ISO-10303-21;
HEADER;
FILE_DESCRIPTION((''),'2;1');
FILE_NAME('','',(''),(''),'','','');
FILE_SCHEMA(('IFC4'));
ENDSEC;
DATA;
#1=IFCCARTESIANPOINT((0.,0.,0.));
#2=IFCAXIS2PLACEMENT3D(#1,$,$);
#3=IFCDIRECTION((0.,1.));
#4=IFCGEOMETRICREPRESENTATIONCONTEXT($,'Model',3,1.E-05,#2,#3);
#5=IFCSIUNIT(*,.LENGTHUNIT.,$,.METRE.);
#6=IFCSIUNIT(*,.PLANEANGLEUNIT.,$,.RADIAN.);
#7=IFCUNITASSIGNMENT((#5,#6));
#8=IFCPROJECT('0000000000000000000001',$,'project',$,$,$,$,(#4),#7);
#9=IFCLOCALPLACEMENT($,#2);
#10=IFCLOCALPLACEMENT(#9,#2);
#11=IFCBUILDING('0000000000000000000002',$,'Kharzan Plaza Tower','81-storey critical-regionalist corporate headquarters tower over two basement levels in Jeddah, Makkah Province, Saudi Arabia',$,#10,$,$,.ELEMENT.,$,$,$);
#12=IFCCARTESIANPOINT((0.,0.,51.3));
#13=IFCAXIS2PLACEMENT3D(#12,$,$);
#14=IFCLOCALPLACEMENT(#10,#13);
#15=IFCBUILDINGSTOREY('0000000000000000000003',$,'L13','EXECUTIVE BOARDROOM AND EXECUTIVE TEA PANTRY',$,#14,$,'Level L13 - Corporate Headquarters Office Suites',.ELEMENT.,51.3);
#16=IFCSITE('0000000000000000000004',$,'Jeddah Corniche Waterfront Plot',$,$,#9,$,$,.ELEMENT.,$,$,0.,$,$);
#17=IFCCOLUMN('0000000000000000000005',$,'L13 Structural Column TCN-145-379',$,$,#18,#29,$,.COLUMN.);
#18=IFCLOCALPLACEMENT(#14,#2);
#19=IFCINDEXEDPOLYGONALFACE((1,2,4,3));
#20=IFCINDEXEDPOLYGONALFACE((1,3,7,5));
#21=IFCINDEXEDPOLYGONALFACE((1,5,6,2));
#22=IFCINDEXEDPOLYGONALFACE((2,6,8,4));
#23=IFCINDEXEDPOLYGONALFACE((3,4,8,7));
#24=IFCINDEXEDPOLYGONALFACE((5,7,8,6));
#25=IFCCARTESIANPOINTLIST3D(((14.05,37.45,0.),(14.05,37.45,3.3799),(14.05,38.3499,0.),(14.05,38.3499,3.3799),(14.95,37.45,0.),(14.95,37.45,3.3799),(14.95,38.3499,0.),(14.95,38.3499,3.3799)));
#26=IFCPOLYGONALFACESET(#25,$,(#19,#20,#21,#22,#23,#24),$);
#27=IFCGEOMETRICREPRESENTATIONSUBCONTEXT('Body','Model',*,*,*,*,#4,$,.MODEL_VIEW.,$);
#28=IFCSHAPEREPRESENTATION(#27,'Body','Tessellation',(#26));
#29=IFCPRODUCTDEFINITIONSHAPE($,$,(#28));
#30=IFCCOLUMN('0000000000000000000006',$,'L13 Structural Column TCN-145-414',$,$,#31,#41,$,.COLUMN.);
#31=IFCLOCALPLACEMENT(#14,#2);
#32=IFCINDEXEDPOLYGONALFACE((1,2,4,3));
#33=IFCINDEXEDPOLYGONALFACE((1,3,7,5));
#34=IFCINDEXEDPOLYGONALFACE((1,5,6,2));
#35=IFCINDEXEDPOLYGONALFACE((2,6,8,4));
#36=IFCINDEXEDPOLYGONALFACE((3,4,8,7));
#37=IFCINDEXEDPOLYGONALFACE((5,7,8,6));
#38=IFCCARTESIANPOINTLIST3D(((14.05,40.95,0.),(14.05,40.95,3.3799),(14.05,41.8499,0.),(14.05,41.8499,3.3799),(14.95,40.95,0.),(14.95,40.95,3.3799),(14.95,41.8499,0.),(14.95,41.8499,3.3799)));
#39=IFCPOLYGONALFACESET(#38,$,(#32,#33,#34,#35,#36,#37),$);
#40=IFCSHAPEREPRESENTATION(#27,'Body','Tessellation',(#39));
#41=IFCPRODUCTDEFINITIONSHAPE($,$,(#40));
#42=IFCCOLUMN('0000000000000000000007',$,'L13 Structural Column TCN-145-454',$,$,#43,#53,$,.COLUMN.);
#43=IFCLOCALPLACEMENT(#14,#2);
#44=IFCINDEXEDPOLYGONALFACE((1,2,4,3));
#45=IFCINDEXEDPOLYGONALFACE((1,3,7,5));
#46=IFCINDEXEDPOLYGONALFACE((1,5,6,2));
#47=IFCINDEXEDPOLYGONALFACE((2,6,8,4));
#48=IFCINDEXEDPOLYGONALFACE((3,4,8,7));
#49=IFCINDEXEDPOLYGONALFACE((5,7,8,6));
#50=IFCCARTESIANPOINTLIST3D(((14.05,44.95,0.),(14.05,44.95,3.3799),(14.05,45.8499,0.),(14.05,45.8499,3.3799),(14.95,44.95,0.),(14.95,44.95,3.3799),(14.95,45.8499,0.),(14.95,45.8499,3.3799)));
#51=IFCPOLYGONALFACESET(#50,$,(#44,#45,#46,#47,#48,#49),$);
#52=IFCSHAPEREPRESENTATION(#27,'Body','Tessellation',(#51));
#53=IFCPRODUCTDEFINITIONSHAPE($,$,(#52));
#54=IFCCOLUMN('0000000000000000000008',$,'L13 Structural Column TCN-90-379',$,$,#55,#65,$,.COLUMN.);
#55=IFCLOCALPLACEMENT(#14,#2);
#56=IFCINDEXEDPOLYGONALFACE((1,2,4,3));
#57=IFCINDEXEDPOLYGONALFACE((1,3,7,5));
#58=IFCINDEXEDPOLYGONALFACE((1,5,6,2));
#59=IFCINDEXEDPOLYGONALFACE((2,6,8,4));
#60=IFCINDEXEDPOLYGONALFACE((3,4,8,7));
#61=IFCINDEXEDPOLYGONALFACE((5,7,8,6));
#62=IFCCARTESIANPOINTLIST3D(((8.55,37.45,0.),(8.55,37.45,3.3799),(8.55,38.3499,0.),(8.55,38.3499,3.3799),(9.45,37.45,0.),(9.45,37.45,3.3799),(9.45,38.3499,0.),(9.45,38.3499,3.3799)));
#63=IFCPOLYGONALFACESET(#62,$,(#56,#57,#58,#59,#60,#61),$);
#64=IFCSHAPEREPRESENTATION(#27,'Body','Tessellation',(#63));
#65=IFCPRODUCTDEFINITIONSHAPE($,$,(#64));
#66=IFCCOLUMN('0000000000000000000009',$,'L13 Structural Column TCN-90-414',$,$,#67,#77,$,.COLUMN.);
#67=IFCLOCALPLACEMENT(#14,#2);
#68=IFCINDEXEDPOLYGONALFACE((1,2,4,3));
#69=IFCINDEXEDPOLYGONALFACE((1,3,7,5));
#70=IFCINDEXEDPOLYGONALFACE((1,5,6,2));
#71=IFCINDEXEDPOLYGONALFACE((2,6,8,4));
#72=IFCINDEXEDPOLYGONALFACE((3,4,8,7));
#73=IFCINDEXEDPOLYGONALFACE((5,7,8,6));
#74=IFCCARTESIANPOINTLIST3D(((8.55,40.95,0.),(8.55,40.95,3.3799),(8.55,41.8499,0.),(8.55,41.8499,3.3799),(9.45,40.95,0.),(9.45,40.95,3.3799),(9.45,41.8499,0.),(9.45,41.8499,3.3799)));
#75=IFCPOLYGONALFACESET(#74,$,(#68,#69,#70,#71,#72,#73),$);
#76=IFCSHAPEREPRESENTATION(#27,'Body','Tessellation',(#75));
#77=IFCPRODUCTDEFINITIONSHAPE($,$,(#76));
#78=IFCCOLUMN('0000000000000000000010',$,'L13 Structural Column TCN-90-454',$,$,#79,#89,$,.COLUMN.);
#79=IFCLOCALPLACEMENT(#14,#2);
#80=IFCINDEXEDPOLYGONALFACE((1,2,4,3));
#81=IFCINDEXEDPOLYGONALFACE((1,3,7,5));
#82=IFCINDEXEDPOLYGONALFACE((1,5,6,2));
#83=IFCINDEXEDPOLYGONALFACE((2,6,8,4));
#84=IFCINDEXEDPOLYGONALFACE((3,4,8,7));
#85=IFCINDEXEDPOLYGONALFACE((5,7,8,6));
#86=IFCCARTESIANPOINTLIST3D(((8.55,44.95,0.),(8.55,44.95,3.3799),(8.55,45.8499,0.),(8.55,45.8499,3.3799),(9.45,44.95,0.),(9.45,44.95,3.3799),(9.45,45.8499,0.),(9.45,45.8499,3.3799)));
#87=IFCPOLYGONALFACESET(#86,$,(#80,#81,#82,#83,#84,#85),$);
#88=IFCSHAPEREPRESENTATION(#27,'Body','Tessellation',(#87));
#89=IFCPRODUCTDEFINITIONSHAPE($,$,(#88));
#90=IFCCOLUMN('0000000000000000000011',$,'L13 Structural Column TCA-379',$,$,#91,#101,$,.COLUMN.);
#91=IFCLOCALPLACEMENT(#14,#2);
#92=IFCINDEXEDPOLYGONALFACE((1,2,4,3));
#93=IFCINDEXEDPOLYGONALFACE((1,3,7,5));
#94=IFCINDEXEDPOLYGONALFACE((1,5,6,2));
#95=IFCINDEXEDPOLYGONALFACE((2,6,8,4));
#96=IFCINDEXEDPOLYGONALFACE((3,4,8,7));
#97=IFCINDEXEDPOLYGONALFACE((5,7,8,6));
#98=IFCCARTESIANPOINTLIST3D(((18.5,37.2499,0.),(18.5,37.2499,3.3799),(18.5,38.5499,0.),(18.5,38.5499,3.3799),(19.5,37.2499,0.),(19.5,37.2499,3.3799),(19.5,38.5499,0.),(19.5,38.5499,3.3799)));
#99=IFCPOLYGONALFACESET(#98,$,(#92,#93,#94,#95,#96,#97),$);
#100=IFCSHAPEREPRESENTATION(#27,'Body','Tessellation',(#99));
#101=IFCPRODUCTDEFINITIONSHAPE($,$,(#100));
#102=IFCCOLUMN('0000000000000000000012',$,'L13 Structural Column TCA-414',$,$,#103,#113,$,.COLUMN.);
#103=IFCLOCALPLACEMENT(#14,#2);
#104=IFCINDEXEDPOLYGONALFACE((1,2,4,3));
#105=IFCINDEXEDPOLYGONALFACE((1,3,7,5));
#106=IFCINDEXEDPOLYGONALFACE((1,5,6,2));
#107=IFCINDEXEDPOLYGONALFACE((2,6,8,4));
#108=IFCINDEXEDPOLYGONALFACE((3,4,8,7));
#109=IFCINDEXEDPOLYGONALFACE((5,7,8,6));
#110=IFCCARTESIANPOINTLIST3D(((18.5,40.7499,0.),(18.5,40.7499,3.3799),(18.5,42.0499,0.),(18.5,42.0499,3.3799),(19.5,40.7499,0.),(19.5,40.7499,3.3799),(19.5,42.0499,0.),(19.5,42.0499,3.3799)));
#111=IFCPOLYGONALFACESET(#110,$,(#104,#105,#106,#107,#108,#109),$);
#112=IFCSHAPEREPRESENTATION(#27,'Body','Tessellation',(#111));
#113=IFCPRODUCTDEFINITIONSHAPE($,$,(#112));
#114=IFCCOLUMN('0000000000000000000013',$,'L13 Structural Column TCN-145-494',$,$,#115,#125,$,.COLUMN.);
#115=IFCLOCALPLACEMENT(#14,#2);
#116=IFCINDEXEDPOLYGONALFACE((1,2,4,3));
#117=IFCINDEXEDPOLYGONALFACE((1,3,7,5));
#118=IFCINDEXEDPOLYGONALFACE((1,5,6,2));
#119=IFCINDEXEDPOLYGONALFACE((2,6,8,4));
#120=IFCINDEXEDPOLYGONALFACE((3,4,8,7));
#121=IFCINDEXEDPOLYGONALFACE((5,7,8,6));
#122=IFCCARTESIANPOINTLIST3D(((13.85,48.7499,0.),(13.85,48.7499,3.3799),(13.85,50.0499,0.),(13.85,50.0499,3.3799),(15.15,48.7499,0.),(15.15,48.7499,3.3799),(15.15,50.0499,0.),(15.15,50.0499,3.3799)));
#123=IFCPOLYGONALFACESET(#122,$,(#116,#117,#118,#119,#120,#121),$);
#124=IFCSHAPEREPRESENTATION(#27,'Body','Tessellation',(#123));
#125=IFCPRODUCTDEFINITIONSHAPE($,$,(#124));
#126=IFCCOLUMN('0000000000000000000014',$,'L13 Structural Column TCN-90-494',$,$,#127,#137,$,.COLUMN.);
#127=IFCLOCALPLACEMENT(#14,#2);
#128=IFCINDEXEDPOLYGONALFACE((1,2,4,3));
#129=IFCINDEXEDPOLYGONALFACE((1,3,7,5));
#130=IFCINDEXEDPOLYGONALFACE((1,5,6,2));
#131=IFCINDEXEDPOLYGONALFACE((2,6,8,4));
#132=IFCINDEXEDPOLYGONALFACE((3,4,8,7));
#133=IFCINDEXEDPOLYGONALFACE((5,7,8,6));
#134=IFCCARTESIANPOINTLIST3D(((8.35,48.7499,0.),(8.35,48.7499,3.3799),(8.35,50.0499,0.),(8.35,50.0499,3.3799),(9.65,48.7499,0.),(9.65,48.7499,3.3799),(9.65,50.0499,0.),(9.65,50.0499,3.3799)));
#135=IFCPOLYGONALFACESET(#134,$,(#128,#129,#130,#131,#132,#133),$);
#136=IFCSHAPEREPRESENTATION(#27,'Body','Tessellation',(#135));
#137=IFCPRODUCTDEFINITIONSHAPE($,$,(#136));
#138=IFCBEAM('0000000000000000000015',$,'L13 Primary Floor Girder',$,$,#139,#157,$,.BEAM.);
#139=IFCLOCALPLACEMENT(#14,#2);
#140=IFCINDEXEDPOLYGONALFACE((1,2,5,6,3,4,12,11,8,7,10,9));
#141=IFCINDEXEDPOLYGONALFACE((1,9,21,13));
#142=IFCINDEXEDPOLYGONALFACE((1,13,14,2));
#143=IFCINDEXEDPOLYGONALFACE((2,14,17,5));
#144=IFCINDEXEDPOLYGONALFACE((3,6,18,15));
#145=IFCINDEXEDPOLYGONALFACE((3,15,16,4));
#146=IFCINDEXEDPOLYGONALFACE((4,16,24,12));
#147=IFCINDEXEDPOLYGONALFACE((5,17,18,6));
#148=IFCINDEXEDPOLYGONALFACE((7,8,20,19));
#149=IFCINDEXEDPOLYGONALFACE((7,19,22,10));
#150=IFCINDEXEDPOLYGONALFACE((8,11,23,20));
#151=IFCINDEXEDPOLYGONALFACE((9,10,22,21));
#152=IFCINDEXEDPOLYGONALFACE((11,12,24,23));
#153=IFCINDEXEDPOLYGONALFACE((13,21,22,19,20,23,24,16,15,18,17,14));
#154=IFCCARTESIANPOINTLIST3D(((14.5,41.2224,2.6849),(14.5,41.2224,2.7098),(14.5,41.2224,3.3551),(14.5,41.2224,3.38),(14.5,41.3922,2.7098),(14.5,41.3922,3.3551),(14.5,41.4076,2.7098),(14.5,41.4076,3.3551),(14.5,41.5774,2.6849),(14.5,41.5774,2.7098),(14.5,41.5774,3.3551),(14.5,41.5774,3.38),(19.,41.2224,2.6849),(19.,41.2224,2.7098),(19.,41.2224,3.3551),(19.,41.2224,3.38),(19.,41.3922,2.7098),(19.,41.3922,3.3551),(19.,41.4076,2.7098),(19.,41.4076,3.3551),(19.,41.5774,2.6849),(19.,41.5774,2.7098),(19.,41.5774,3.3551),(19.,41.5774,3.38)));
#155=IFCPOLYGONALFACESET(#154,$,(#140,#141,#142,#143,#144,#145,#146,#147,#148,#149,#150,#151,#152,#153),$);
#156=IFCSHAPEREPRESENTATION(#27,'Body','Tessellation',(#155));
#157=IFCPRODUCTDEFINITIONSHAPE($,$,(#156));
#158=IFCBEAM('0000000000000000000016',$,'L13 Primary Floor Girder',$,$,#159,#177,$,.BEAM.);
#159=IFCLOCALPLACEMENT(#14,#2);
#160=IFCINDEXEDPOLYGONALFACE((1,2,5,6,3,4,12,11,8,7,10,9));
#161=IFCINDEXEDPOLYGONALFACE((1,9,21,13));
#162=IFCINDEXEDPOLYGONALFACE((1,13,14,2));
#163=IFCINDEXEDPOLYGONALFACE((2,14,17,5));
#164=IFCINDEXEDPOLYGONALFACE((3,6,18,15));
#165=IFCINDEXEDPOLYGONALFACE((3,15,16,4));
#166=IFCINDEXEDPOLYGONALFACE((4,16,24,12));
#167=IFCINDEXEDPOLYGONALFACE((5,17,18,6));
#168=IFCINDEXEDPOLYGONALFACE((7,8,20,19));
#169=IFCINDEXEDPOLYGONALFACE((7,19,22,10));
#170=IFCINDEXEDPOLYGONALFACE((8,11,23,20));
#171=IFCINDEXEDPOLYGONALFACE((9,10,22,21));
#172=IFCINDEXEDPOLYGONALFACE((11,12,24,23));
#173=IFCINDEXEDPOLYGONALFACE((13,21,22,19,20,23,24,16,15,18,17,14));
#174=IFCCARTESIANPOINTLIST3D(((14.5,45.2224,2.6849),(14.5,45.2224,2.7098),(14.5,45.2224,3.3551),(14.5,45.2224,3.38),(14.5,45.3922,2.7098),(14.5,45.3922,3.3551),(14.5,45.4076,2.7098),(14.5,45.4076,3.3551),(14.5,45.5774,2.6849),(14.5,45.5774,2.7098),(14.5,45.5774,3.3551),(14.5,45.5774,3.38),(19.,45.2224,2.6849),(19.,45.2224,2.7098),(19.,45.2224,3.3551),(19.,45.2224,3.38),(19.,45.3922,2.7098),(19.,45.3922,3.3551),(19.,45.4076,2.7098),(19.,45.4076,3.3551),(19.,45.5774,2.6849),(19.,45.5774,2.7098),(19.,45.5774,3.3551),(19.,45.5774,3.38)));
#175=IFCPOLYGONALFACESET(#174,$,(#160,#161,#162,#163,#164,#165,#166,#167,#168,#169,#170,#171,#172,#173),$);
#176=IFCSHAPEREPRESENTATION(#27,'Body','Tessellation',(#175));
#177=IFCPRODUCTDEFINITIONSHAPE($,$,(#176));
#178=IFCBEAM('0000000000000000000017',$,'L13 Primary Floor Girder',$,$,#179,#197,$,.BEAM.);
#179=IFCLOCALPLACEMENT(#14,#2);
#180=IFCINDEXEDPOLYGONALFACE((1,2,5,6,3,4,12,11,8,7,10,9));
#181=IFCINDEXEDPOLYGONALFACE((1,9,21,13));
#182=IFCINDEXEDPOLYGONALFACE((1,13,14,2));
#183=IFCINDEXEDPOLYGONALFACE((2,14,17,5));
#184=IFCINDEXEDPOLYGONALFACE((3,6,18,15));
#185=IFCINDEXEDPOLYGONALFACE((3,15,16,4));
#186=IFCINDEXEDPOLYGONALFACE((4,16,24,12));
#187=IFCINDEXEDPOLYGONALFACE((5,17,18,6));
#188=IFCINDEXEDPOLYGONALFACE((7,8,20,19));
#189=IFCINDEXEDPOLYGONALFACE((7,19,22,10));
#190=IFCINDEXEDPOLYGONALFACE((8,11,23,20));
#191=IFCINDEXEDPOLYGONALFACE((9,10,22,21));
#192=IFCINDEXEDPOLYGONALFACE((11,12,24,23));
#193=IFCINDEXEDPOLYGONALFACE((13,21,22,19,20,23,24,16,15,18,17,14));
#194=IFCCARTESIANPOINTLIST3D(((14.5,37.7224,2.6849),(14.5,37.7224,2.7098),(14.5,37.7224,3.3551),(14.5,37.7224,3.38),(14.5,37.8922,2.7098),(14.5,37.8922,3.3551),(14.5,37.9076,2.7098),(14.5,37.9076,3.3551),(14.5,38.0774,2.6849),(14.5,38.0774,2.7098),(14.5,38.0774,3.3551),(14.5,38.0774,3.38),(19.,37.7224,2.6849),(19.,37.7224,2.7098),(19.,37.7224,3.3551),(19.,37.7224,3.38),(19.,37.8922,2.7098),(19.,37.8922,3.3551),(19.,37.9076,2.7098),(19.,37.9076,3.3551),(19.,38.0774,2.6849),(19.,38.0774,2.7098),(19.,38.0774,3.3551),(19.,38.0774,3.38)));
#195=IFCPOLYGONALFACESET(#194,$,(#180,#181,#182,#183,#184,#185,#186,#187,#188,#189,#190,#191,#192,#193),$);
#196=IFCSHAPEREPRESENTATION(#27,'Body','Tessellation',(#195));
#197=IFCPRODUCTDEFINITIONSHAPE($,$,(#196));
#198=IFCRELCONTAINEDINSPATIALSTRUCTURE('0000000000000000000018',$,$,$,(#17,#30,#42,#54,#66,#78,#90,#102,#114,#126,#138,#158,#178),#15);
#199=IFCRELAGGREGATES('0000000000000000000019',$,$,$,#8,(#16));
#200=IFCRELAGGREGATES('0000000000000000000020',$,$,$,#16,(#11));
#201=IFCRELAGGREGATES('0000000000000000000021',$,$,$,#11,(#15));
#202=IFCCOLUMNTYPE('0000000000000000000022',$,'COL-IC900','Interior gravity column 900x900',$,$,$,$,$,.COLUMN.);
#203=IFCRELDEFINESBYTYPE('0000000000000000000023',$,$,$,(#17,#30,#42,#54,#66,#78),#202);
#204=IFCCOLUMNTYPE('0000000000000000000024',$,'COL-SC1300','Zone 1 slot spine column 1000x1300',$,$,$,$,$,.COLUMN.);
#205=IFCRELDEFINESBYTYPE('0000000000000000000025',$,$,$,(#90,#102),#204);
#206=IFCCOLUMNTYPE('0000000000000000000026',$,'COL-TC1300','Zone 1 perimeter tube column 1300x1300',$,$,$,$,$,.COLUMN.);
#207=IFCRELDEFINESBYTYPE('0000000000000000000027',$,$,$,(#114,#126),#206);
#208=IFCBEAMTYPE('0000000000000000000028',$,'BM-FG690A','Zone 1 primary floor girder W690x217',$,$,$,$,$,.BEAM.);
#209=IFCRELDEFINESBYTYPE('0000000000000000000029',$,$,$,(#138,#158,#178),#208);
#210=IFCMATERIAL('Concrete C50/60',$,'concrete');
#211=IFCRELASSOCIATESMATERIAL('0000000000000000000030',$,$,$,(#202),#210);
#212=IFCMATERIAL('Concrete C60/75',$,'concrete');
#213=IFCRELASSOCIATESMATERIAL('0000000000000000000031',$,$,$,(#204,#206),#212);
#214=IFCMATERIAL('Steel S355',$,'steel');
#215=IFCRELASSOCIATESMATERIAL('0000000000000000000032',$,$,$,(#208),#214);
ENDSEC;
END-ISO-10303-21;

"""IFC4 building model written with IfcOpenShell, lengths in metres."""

from ifc_helpers import new_model, si_unit, direction, frame, origin, origin_2d, place, context, subcontext, project, spatial, rectangle, i_section, extrude, source, transform, mapped, material, material_profile, profile_set, type_object, element, save


model = new_model("IFC4")

# Units and contexts
model_context = context("Model", 3, precision=1e-05, world=origin(), true_north=direction((0.0, 1.0)))
body_context = subcontext(model_context, "Body", "Model", "MODEL_VIEW")
ifc_project = project(units=[si_unit("LENGTHUNIT", "METRE"), si_unit("PLANEANGLEUNIT", "RADIAN")], contexts=[model_context])

# Site, building, storey
site_placement = place(None, origin())
site = spatial("IfcSite", under=ifc_project, at=site_placement, Name="Jeddah Corniche Waterfront Plot", CompositionType="ELEMENT", RefElevation=0.0)
building_placement = place(site_placement, origin())
building = spatial("IfcBuilding", under=site, at=building_placement, Name="Kharzan Plaza Tower", Description="81-storey critical-regionalist corporate headquarters tower over two basement levels in Jeddah, Makkah Province, Saudi Arabia", CompositionType="ELEMENT")
storey_placement = place(building_placement, frame((0.0, 0.0, 51.3)))
storey = spatial("IfcBuildingStorey", under=building, at=storey_placement, Name="L13", Description="EXECUTIVE BOARDROOM AND EXECUTIVE TEA PANTRY", LongName="Level L13 - Corporate Headquarters Office Suites", CompositionType="ELEMENT", Elevation=51.3)

# Columns
ifc_material_1 = material(Name="Concrete C50/60", Category="concrete")
ifc_material_profile_1 = material_profile(ifc_material_1, rectangle(XDim=0.8999, YDim=0.8999, at=origin_2d()), Name="RC-IC900x900")
ifc_profile_set_1 = profile_set([ifc_material_profile_1], Name="Concrete C50/60")
column_type_1 = type_object("IfcColumnType", Name="COL-IC900", Description="Interior gravity column 900x900", PredefinedType="COLUMN", material=ifc_profile_set_1)
shared_shape_1 = source(origin(), body_context, "Body", "SweptSolid", [
    extrude(rectangle(XDim=0.8999, YDim=0.8999, at=origin_2d()), origin(), (0.0, 0.0, 1.0), 3.3799),
])
for number, where, z_axis, x_axis, name in (
    (1, (14.5, 37.8999, 0.0), (0.0, 0.0, 1.0), (1.0, 0.0, 0.0), "L13 Structural Column TCN-145-379"),
    (2, (14.5, 41.3999, 0.0), (0.0, 0.0, 1.0), (1.0, 0.0, 0.0), "L13 Structural Column TCN-145-414"),
    (3, (14.5, 45.3999, 0.0), (0.0, 0.0, 1.0), (1.0, 0.0, 0.0), "L13 Structural Column TCN-145-454"),
    (4, (9.0, 37.8999, 0.0), (0.0, 0.0, 1.0), (1.0, 0.0, 0.0), "L13 Structural Column TCN-90-379"),
    (5, (9.0, 41.3999, 0.0), (0.0, 0.0, 1.0), (1.0, 0.0, 0.0), "L13 Structural Column TCN-90-414"),
    (6, (9.0, 45.3999, 0.0), (0.0, 0.0, 1.0), (1.0, 0.0, 0.0), "L13 Structural Column TCN-90-454"),
):
    element("IfcColumn", number, at=place(storey_placement, frame(where, z_axis=z_axis, x_axis=x_axis)), inside=storey, type_object=column_type_1, Name=name, PredefinedType="COLUMN", context=body_context, shape_type="MappedRepresentation", body=[
        mapped(shared_shape_1, transform((0.0, 0.0, 0.0), x_axis=(1.0, 0.0, 0.0), y_axis=(0.0, 1.0, 0.0), z_axis=(0.0, 0.0, 1.0))),
    ])
ifc_material_2 = material(Name="Concrete C60/75", Category="concrete")
ifc_material_profile_2 = material_profile(ifc_material_2, rectangle(XDim=1.0, YDim=1.3, at=origin_2d()), Name="RC-SC1300x1000")
ifc_profile_set_2 = profile_set([ifc_material_profile_2], Name="Concrete C60/75")
column_type_2 = type_object("IfcColumnType", Name="COL-SC1300", Description="Zone 1 slot spine column 1000x1300", PredefinedType="COLUMN", material=ifc_profile_set_2)
shared_shape_2 = source(origin(), body_context, "Body", "SweptSolid", [
    extrude(rectangle(XDim=1.0, YDim=1.3, at=origin_2d()), origin(), (0.0, 0.0, 1.0), 3.3799),
])
for number, where, z_axis, x_axis, name in (
    (7, (19.0, 37.8999, 0.0), (0.0, 0.0, 1.0), (1.0, 0.0, 0.0), "L13 Structural Column TCA-379"),
    (8, (19.0, 41.3999, 0.0), (0.0, 0.0, 1.0), (1.0, 0.0, 0.0), "L13 Structural Column TCA-414"),
):
    element("IfcColumn", number, at=place(storey_placement, frame(where, z_axis=z_axis, x_axis=x_axis)), inside=storey, type_object=column_type_2, Name=name, PredefinedType="COLUMN", context=body_context, shape_type="MappedRepresentation", body=[
        mapped(shared_shape_2, transform((0.0, 0.0, 0.0), x_axis=(1.0, 0.0, 0.0), y_axis=(0.0, 1.0, 0.0), z_axis=(0.0, 0.0, 1.0))),
    ])
ifc_material_profile_3 = material_profile(ifc_material_2, rectangle(XDim=1.3, YDim=1.3, at=origin_2d()), Name="RC-TC1300x1300")
ifc_profile_set_3 = profile_set([ifc_material_profile_3], Name="Concrete C60/75")
column_type_3 = type_object("IfcColumnType", Name="COL-TC1300", Description="Zone 1 perimeter tube column 1300x1300", PredefinedType="COLUMN", material=ifc_profile_set_3)
shared_shape_3 = source(origin(), body_context, "Body", "SweptSolid", [
    extrude(rectangle(XDim=1.3, YDim=1.3, at=origin_2d()), origin(), (0.0, 0.0, 1.0), 3.3799),
])
for number, where, z_axis, x_axis, name in (
    (9, (14.5, 49.3999, 0.0), (0.0, 0.0, 1.0), (1.0, 0.0, 0.0), "L13 Structural Column TCN-145-494"),
    (10, (9.0, 49.3999, 0.0), (0.0, 0.0, 1.0), (1.0, 0.0, 0.0), "L13 Structural Column TCN-90-494"),
):
    element("IfcColumn", number, at=place(storey_placement, frame(where, z_axis=z_axis, x_axis=x_axis)), inside=storey, type_object=column_type_3, Name=name, PredefinedType="COLUMN", context=body_context, shape_type="MappedRepresentation", body=[
        mapped(shared_shape_3, transform((0.0, 0.0, 0.0), x_axis=(1.0, 0.0, 0.0), y_axis=(0.0, 1.0, 0.0), z_axis=(0.0, 0.0, 1.0))),
    ])

# Beams
ifc_material_3 = material(Name="Steel S355", Category="steel")
ifc_material_profile_4 = material_profile(ifc_material_3, i_section(OverallWidth=0.355, OverallDepth=0.6951, WebThickness=0.0154, FlangeThickness=0.0249, at=origin_2d()), Name="W690x217")
ifc_profile_set_4 = profile_set([ifc_material_profile_4], Name="Steel S355")
beam_type_1 = type_object("IfcBeamType", Name="BM-FG690A", Description="Zone 1 primary floor girder W690x217", PredefinedType="BEAM", material=ifc_profile_set_4)
shared_shape_4 = source(origin(), body_context, "Body", "SweptSolid", [
    extrude(i_section(OverallWidth=0.355, OverallDepth=0.6951, WebThickness=0.0154, FlangeThickness=0.0249, at=origin_2d()), origin(), (0.0, 0.0, 1.0), 4.5),
])
for number, where, z_axis, x_axis, name in (
    (11, (14.5, 41.3999, 3.0325), (1.0, 0.0, 0.0), (0.0, 1.0, 0.0), "L13 Primary Floor Girder"),
    (12, (14.5, 45.3999, 3.0325), (1.0, 0.0, 0.0), (0.0, 1.0, 0.0), "L13 Primary Floor Girder"),
    (13, (14.5, 37.8999, 3.0325), (1.0, 0.0, 0.0), (0.0, 1.0, 0.0), "L13 Primary Floor Girder"),
):
    element("IfcBeam", number, at=place(storey_placement, frame(where, z_axis=z_axis, x_axis=x_axis)), inside=storey, type_object=beam_type_1, Name=name, PredefinedType="BEAM", context=body_context, shape_type="MappedRepresentation", body=[
        mapped(shared_shape_4, transform((0.0, 0.0, 0.0), x_axis=(1.0, 0.0, 0.0), y_axis=(0.0, 1.0, 0.0), z_axis=(0.0, 0.0, 1.0))),
    ])

save(model, "model.ifc")
